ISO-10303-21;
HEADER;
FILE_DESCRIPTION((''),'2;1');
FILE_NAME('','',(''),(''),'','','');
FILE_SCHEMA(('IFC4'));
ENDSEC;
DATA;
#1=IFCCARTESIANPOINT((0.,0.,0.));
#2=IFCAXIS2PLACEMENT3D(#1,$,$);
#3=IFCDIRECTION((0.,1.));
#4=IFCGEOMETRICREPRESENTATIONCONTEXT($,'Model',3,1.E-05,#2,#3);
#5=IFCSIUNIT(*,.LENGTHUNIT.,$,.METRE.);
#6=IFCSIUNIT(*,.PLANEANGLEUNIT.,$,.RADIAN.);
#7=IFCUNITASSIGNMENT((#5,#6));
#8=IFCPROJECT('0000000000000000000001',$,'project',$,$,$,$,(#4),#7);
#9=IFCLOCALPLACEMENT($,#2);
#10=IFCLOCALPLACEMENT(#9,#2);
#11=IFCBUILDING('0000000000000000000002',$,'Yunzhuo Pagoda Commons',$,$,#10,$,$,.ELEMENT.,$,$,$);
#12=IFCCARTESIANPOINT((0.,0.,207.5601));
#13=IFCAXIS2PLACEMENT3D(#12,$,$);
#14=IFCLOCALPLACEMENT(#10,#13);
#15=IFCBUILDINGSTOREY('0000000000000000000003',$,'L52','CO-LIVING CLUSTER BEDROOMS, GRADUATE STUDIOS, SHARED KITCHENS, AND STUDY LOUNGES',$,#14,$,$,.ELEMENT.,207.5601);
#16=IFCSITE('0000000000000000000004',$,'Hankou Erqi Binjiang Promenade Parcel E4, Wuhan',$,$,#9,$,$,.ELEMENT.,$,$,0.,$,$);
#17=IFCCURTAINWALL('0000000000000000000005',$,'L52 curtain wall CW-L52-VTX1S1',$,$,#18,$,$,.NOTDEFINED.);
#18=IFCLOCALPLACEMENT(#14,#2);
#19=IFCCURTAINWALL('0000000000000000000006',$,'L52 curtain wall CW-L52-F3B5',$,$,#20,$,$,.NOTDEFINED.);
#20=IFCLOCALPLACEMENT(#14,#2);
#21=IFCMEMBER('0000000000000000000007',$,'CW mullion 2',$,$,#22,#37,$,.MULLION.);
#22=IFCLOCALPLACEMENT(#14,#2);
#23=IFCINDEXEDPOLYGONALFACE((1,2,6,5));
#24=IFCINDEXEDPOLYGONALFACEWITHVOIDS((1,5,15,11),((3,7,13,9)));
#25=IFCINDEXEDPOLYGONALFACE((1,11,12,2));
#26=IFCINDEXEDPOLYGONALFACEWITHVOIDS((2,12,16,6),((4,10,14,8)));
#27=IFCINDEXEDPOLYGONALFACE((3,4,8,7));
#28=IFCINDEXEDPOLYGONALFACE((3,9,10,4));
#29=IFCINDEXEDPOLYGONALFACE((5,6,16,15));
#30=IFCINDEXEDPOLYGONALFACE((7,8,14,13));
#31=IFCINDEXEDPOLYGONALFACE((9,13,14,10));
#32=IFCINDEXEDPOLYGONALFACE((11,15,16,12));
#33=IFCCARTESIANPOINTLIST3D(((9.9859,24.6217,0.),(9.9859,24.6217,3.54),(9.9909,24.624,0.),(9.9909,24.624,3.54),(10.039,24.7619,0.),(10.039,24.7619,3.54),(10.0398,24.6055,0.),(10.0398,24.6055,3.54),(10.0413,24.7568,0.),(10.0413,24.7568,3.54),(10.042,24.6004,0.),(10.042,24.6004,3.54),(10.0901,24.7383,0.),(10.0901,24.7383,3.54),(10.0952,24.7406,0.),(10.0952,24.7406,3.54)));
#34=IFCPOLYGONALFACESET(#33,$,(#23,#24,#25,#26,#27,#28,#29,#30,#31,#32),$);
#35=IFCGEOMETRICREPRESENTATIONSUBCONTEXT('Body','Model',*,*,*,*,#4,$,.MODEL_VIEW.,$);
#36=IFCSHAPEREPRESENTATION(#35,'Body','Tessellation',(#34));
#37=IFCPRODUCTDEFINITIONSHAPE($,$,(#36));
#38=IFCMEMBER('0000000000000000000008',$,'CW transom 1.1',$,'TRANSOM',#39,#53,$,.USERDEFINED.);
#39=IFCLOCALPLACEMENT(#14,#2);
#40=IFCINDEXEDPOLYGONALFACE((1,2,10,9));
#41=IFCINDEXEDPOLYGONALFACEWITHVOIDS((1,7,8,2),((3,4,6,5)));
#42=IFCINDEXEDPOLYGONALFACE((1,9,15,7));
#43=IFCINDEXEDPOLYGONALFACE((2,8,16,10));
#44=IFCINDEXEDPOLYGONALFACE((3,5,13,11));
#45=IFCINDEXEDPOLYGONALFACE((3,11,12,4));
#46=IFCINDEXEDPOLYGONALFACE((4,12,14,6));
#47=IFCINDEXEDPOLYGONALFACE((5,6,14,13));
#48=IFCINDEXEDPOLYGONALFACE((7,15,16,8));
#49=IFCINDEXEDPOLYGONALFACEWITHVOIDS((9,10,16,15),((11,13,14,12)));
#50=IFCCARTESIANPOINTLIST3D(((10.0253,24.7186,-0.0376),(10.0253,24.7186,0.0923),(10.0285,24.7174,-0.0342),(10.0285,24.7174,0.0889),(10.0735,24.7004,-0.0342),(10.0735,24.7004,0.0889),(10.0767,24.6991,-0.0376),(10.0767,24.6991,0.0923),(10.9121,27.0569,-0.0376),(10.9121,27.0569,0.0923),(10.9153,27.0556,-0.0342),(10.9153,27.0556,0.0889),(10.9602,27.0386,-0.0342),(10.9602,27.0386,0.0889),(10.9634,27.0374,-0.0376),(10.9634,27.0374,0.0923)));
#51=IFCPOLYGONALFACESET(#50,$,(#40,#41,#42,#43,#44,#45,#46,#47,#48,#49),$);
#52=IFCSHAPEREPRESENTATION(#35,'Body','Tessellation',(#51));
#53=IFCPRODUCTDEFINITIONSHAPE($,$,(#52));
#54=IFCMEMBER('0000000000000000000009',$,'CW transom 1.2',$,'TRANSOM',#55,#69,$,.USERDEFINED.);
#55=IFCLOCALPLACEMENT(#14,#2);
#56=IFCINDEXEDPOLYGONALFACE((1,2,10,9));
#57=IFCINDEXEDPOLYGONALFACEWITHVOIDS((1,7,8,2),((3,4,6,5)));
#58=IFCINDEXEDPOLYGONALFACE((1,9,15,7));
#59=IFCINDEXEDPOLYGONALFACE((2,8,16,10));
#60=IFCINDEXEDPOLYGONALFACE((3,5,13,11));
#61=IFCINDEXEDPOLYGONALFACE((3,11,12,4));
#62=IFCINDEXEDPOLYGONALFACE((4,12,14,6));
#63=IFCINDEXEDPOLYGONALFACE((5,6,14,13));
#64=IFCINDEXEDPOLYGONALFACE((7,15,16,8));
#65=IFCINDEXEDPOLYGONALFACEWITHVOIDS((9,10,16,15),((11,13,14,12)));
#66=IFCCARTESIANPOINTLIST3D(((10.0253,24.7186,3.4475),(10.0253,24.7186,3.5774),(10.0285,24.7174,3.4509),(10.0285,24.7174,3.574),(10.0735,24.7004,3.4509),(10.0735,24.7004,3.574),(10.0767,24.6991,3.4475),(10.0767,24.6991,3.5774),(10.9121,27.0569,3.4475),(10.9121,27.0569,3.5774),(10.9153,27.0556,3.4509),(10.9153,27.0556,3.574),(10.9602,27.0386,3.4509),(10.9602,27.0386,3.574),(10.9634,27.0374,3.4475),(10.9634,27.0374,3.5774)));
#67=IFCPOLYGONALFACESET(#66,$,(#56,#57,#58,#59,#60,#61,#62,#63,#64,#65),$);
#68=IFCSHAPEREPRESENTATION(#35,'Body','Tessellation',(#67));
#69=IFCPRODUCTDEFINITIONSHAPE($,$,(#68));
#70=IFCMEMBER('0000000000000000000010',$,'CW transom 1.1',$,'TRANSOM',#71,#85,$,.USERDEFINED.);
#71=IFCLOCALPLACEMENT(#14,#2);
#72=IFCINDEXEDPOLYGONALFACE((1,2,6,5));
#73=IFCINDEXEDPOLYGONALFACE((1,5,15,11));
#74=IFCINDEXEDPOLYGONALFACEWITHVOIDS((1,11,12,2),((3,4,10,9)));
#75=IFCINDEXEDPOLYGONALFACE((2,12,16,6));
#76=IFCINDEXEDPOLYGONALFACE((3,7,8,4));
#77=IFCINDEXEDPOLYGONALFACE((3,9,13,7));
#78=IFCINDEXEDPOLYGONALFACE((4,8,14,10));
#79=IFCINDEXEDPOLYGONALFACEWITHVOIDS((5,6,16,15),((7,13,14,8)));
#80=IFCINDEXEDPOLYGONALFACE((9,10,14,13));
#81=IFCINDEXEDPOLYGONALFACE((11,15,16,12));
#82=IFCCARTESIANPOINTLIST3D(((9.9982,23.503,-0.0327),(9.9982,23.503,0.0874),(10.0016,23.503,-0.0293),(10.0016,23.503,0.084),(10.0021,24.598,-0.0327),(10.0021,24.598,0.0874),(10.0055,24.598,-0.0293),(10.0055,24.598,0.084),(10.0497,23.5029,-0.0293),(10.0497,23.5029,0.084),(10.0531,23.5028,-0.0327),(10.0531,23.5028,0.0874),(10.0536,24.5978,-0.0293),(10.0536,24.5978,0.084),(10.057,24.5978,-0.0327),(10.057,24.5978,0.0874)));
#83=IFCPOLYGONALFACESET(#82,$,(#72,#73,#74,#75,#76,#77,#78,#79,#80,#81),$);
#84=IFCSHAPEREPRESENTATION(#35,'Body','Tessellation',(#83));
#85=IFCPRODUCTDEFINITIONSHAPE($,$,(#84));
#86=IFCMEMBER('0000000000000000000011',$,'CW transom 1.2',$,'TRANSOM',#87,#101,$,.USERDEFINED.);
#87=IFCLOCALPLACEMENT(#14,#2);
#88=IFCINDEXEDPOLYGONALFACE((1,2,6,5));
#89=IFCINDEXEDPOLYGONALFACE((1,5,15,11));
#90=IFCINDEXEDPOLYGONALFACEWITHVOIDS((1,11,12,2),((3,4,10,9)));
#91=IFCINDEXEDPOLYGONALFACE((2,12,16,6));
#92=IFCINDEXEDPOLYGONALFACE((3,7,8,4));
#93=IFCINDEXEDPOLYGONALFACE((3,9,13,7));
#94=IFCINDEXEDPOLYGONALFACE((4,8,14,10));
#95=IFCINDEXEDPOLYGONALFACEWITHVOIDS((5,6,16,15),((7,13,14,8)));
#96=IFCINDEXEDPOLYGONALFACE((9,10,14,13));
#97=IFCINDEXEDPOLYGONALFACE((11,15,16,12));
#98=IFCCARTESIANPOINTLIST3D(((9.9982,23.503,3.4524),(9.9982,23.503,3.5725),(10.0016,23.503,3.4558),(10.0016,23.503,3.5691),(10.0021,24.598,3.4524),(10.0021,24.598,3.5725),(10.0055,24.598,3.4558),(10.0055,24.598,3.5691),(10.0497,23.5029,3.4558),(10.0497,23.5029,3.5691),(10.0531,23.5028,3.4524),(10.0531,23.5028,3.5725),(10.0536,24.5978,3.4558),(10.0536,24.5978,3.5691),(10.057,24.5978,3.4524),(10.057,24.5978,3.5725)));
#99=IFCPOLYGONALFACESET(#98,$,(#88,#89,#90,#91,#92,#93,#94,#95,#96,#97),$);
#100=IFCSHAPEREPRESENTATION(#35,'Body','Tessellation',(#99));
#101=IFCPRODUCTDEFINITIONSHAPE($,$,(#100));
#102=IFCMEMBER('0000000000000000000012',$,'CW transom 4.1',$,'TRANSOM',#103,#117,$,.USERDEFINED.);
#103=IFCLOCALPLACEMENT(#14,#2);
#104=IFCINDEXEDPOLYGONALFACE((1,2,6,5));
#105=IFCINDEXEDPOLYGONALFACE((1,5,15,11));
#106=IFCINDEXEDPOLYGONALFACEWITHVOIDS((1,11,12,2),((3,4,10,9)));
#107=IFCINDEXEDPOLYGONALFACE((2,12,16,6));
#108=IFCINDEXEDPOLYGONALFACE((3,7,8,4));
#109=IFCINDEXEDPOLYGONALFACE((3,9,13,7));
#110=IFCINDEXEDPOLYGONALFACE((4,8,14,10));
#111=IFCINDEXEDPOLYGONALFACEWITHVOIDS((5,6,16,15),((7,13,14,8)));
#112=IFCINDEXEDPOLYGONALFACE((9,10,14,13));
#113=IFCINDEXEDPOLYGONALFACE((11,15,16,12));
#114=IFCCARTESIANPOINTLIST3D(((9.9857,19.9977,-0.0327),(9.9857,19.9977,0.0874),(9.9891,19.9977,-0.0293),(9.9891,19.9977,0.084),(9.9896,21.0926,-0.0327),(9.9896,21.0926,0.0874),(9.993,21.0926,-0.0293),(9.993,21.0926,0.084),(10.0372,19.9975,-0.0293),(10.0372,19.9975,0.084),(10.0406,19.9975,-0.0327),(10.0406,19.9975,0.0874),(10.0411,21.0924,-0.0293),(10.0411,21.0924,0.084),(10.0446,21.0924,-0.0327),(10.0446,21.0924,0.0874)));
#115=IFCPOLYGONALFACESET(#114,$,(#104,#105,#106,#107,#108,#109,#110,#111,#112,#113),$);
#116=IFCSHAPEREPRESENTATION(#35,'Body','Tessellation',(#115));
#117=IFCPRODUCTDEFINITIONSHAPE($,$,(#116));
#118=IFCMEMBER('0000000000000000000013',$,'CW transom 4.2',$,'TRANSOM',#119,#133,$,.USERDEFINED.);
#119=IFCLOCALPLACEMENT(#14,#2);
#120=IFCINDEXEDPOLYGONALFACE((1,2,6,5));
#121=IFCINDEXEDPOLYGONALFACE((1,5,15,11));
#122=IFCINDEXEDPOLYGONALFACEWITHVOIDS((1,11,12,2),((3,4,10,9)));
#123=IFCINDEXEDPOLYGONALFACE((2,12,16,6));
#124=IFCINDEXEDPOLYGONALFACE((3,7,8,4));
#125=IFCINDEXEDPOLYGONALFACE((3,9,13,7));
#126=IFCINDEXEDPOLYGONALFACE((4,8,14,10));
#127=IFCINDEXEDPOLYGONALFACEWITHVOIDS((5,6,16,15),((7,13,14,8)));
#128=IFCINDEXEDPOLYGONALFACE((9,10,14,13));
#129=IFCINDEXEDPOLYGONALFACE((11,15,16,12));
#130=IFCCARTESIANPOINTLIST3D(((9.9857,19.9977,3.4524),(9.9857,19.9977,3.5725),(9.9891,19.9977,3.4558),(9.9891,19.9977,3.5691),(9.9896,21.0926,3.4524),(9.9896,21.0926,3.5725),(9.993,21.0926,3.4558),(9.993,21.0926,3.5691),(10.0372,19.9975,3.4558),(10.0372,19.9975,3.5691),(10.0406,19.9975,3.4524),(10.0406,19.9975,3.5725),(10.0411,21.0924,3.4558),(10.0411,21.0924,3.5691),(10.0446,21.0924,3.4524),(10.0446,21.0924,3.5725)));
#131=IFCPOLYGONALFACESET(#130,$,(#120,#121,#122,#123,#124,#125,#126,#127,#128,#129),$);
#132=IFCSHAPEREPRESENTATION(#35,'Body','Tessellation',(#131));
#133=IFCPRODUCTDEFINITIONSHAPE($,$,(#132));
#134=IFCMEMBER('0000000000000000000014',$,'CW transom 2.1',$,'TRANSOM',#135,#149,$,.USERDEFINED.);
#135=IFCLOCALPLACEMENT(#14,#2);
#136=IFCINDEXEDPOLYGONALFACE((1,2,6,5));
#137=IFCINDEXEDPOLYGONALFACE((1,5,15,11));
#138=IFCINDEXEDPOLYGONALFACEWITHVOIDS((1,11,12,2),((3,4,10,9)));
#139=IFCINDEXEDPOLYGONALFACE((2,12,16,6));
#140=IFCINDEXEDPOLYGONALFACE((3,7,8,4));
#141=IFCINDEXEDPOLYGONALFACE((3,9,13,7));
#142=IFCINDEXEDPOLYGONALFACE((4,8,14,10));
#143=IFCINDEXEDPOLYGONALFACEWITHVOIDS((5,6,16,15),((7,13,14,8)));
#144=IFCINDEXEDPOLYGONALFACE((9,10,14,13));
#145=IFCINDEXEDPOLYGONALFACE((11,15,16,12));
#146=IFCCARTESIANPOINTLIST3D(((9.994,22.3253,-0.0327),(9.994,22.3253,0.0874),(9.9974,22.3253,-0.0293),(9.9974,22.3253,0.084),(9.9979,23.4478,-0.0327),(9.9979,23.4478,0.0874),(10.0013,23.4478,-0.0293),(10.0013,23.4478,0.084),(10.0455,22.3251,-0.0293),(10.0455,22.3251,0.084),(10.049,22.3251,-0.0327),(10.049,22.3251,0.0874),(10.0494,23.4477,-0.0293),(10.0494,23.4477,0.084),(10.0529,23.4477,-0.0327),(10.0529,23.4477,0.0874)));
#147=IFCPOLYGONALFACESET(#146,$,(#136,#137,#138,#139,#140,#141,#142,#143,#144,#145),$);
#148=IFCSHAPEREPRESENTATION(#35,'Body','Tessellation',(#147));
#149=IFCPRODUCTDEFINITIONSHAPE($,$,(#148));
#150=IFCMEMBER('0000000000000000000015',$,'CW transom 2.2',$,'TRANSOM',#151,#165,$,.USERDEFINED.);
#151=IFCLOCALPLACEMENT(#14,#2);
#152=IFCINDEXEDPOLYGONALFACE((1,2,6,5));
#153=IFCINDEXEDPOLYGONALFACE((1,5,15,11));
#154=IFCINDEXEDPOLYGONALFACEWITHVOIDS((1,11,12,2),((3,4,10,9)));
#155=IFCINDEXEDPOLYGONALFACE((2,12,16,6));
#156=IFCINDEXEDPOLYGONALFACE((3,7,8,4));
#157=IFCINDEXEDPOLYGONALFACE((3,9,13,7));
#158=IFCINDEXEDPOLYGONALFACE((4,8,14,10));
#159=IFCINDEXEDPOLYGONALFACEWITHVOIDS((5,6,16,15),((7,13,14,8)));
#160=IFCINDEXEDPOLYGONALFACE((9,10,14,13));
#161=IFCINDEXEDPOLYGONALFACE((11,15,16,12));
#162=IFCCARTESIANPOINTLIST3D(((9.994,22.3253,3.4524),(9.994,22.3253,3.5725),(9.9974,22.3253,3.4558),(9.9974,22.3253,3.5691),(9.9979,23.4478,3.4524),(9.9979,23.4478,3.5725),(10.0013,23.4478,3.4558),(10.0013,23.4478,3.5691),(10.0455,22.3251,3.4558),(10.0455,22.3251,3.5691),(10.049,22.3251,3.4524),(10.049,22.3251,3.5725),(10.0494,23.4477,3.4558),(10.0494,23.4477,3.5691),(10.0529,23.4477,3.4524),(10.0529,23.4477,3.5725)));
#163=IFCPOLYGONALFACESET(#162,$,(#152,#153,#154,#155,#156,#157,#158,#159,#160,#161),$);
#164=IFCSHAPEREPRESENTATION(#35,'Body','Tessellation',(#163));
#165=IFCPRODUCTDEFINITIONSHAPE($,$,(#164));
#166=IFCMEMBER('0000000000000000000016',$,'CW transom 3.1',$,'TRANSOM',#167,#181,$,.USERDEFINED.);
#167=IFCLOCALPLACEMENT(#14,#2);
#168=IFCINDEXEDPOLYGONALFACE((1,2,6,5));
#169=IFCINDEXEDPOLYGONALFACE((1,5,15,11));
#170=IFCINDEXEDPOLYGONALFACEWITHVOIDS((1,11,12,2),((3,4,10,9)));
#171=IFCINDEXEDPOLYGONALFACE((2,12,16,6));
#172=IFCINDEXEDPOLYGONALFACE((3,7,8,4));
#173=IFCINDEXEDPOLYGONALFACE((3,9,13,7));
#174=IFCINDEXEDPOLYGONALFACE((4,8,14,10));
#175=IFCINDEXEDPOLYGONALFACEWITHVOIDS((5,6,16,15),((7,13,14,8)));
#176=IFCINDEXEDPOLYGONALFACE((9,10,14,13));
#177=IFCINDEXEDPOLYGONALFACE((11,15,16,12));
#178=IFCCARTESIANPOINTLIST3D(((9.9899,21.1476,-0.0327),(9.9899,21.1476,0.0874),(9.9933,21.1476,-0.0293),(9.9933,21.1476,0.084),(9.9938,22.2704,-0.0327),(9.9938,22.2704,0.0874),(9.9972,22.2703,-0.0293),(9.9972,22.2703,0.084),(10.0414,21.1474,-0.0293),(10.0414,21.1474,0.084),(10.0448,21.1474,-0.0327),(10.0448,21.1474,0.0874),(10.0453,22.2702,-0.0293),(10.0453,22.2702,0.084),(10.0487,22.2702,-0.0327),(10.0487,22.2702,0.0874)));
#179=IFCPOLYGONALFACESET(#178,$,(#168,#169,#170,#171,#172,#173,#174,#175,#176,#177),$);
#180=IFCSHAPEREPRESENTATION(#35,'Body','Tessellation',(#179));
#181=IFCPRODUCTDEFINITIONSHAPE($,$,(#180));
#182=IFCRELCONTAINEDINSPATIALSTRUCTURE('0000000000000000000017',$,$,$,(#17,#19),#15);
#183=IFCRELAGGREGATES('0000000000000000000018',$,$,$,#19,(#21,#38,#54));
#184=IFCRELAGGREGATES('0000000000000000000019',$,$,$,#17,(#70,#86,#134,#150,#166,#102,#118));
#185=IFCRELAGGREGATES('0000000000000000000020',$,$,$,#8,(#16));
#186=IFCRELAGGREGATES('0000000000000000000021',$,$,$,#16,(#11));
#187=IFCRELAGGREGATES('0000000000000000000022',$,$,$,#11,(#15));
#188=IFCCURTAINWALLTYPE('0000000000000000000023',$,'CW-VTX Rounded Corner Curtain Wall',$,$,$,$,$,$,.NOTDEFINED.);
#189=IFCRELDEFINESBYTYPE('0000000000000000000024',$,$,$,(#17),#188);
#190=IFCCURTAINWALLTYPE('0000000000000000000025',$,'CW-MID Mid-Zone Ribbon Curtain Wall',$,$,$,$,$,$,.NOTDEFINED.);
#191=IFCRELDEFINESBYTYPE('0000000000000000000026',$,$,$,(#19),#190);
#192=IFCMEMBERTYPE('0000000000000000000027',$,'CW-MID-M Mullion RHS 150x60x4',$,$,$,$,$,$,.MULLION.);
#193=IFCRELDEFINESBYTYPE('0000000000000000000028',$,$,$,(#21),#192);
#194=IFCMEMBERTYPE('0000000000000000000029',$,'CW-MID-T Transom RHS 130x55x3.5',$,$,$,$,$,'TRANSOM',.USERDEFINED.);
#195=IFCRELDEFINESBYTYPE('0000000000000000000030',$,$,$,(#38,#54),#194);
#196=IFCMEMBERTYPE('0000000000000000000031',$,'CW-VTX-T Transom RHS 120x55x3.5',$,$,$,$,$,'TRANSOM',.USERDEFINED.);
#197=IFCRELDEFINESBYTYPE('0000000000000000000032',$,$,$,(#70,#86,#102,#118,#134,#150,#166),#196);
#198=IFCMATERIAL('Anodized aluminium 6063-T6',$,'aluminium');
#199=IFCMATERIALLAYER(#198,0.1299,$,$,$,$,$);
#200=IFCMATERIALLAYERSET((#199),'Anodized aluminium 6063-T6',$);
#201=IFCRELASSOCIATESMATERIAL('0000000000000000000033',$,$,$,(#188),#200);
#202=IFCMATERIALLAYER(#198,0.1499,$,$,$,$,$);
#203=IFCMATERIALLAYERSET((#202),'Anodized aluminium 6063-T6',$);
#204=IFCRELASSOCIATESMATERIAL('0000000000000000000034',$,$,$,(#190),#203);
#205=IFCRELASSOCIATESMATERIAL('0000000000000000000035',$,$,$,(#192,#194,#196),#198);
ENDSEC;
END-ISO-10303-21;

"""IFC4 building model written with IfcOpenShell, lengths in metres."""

from ifc_helpers import new_model, si_unit, direction, frame, origin, origin_2d, place, context, subcontext, project, spatial, hollow_rectangle, extrude, source, transform, mapped, material, layer, layer_set, material_profile, profile_set, type_object, element, aggregate, save


model = new_model("IFC4")

# Units and contexts
model_context = context("Model", 3, precision=1e-05, world=origin(), true_north=direction((0.0, 1.0)))
body_context = subcontext(model_context, "Body", "Model", "MODEL_VIEW")
ifc_project = project(units=[si_unit("LENGTHUNIT", "METRE"), si_unit("PLANEANGLEUNIT", "RADIAN")], contexts=[model_context])

# Site, building, storey
site_placement = place(None, origin())
site = spatial("IfcSite", under=ifc_project, at=site_placement, Name="Hankou Erqi Binjiang Promenade Parcel E4, Wuhan", CompositionType="ELEMENT", RefElevation=0.0)
building_placement = place(site_placement, origin())
building = spatial("IfcBuilding", under=site, at=building_placement, Name="Yunzhuo Pagoda Commons", CompositionType="ELEMENT")
storey_placement = place(building_placement, frame((0.0, 0.0, 207.5601)))
storey = spatial("IfcBuildingStorey", under=building, at=storey_placement, Name="L52", Description="CO-LIVING CLUSTER BEDROOMS, GRADUATE STUDIOS, SHARED KITCHENS, AND STUDY LOUNGES", CompositionType="ELEMENT", Elevation=207.5601)

# Curtain wall
ifc_material_1 = material(Name="Anodized aluminium 6063-T6", Category="aluminium")
ifc_layer_1 = layer(ifc_material_1, 0.1299)
ifc_layer_set_1 = layer_set([ifc_layer_1], Name="Anodized aluminium 6063-T6")
curtain_wall_type_1 = type_object("IfcCurtainWallType", Name="CW-VTX Rounded Corner Curtain Wall", PredefinedType="NOTDEFINED", material=ifc_layer_set_1)
curtain_wall_1_placement = place(storey_placement, origin())
curtain_wall_1 = element("IfcCurtainWall", 1, at=curtain_wall_1_placement, inside=storey, type_object=curtain_wall_type_1, Name="L52 curtain wall CW-L52-VTX1S1", PredefinedType="NOTDEFINED")

# Shared definitions
ifc_layer_2 = layer(ifc_material_1, 0.1499)
ifc_layer_set_2 = layer_set([ifc_layer_2], Name="Anodized aluminium 6063-T6")
curtain_wall_type_2 = type_object("IfcCurtainWallType", Name="CW-MID Mid-Zone Ribbon Curtain Wall", PredefinedType="NOTDEFINED", material=ifc_layer_set_2)
ifc_material_profile_1 = material_profile(ifc_material_1, hollow_rectangle(XDim=0.0601, YDim=0.1499, WallThickness=0.0039, at=origin_2d()), Name="Anodized aluminium 6063-T6")
ifc_profile_set_1 = profile_set([ifc_material_profile_1], Name="Anodized aluminium 6063-T6")
member_type_1 = type_object("IfcMemberType", Name="CW-MID-M Mullion RHS 150x60x4", PredefinedType="MULLION", material=ifc_profile_set_1)
shared_shape_1 = source(origin(), body_context, "Body", "SweptSolid", [
    extrude(hollow_rectangle(XDim=0.0601, YDim=0.1499, WallThickness=0.0039, at=origin_2d()), origin(), (0.0, 0.0, 1.0), 3.54),
])

# Curtain wall, members
curtain_wall_2_placement = place(storey_placement, origin())
curtain_wall_2 = element("IfcCurtainWall", 2, at=curtain_wall_2_placement, inside=storey, type_object=curtain_wall_type_2, Name="L52 curtain wall CW-L52-F3B5", PredefinedType="NOTDEFINED")
member_1_placement = place(storey_placement, frame((10.0405, 24.6812, 0.0), z_axis=(0.0, 0.0, 1.0), x_axis=(0.935034, -0.354559, 0.0)))
member_1 = element("IfcMember", 3, at=member_1_placement, type_object=member_type_1, Name="CW mullion 2", PredefinedType="MULLION", context=body_context, shape_type="MappedRepresentation", body=[
    mapped(shared_shape_1, transform((0.0, 0.0, 0.0), scale=1.0)),
])
ifc_material_profile_2 = material_profile(ifc_material_1, hollow_rectangle(XDim=0.0549, YDim=0.1299, WallThickness=0.0034, at=origin_2d()), Name="Anodized aluminium 6063-T6")
ifc_profile_set_2 = profile_set([ifc_material_profile_2], Name="Anodized aluminium 6063-T6")
member_type_2 = type_object("IfcMemberType", Name="CW-MID-T Transom RHS 130x55x3.5", ElementType="TRANSOM", PredefinedType="USERDEFINED", material=ifc_profile_set_2)
shared_shape_2 = source(origin(), body_context, "Body", "SweptSolid", [
    extrude(hollow_rectangle(XDim=0.0549, YDim=0.1299, WallThickness=0.0034, at=origin_2d()), origin(), (0.0, 0.0, 1.0), 2.5007),
])
member_2_placement = place(storey_placement, frame((10.9377, 27.0471, 0.0273), z_axis=(-0.354598, -0.935019, 0.0), x_axis=(0.935019, -0.354598, 0.0)))
member_2 = element("IfcMember", 4, at=member_2_placement, type_object=member_type_2, Name="CW transom 1.1", ObjectType="TRANSOM", PredefinedType="USERDEFINED", context=body_context, shape_type="MappedRepresentation", body=[
    mapped(shared_shape_2, transform((0.0, 0.0, 0.0), scale=1.0)),
])
member_3_placement = place(storey_placement, frame((10.9377, 27.0471, 3.5125), z_axis=(-0.354598, -0.935019, 0.0), x_axis=(0.935019, -0.354598, 0.0)))
member_3 = element("IfcMember", 5, at=member_3_placement, type_object=member_type_2, Name="CW transom 1.2", ObjectType="TRANSOM", PredefinedType="USERDEFINED", context=body_context, shape_type="MappedRepresentation", body=[
    mapped(shared_shape_2, transform((0.0, 0.0, 0.0), scale=1.0)),
])

# Members
ifc_material_profile_3 = material_profile(ifc_material_1, hollow_rectangle(XDim=0.0549, YDim=0.1201, WallThickness=0.0034, at=origin_2d()), Name="Anodized aluminium 6063-T6")
ifc_profile_set_3 = profile_set([ifc_material_profile_3], Name="Anodized aluminium 6063-T6")
member_type_3 = type_object("IfcMemberType", Name="CW-VTX-T Transom RHS 120x55x3.5", ElementType="TRANSOM", PredefinedType="USERDEFINED", material=ifc_profile_set_3)
shared_shape_3 = source(origin(), body_context, "Body", "SweptSolid", [
    extrude(hollow_rectangle(XDim=0.0549, YDim=0.1201, WallThickness=0.0034, at=origin_2d()), origin(), (0.0, 0.0, 1.0), 1.095),
])
member_4_placement = place(storey_placement, frame((10.0295, 24.5979, 0.0273), z_axis=(-0.003567, -0.999994, 0.0), x_axis=(0.999994, -0.003567, 0.0)))
member_4 = element("IfcMember", 6, at=member_4_placement, type_object=member_type_3, Name="CW transom 1.1", ObjectType="TRANSOM", PredefinedType="USERDEFINED", context=body_context, shape_type="MappedRepresentation", body=[
    mapped(shared_shape_3, transform((0.0, 0.0, 0.0), scale=1.0)),
])
member_5_placement = place(storey_placement, frame((10.0295, 24.5979, 3.5125), z_axis=(-0.003567, -0.999994, 0.0), x_axis=(0.999994, -0.003567, 0.0)))
member_5 = element("IfcMember", 7, at=member_5_placement, type_object=member_type_3, Name="CW transom 1.2", ObjectType="TRANSOM", PredefinedType="USERDEFINED", context=body_context, shape_type="MappedRepresentation", body=[
    mapped(shared_shape_3, transform((0.0, 0.0, 0.0), scale=1.0)),
])
member_6_placement = place(storey_placement, frame((10.0171, 21.0925, 0.0273), z_axis=(-0.003567, -0.999994, 0.0), x_axis=(0.999994, -0.003567, 0.0)))
member_6 = element("IfcMember", 8, at=member_6_placement, type_object=member_type_3, Name="CW transom 4.1", ObjectType="TRANSOM", PredefinedType="USERDEFINED", context=body_context, shape_type="MappedRepresentation", body=[
    mapped(shared_shape_3, transform((0.0, 0.0, 0.0), scale=1.0)),
])
member_7_placement = place(storey_placement, frame((10.0171, 21.0925, 3.5125), z_axis=(-0.003567, -0.999994, 0.0), x_axis=(0.999994, -0.003567, 0.0)))
member_7 = element("IfcMember", 9, at=member_7_placement, type_object=member_type_3, Name="CW transom 4.2", ObjectType="TRANSOM", PredefinedType="USERDEFINED", context=body_context, shape_type="MappedRepresentation", body=[
    mapped(shared_shape_3, transform((0.0, 0.0, 0.0), scale=1.0)),
])
shared_shape_4 = source(origin(), body_context, "Body", "SweptSolid", [
    extrude(hollow_rectangle(XDim=0.0549, YDim=0.1201, WallThickness=0.0034, at=origin_2d()), origin(), (0.0, 0.0, 1.0), 1.1226),
])
member_8_placement = place(storey_placement, frame((10.0254, 23.4478, 0.0273), z_axis=(-0.00348, -0.999994, 0.0), x_axis=(0.999994, -0.00348, 0.0)))
member_8 = element("IfcMember", 10, at=member_8_placement, type_object=member_type_3, Name="CW transom 2.1", ObjectType="TRANSOM", PredefinedType="USERDEFINED", context=body_context, shape_type="MappedRepresentation", body=[
    mapped(shared_shape_4, transform((0.0, 0.0, 0.0), scale=1.0)),
])
member_9_placement = place(storey_placement, frame((10.0254, 23.4478, 3.5125), z_axis=(-0.00348, -0.999994, 0.0), x_axis=(0.999994, -0.00348, 0.0)))
member_9 = element("IfcMember", 11, at=member_9_placement, type_object=member_type_3, Name="CW transom 2.2", ObjectType="TRANSOM", PredefinedType="USERDEFINED", context=body_context, shape_type="MappedRepresentation", body=[
    mapped(shared_shape_4, transform((0.0, 0.0, 0.0), scale=1.0)),
])
shared_shape_5 = source(origin(), body_context, "Body", "SweptSolid", [
    extrude(hollow_rectangle(XDim=0.0549, YDim=0.1201, WallThickness=0.0034, at=origin_2d()), origin(), (0.0, 0.0, 1.0), 1.1228),
])
member_10_placement = place(storey_placement, frame((10.0212, 22.2703, 0.0273), z_axis=(-0.003479, -0.999994, 0.0), x_axis=(0.999994, -0.003479, 0.0)))
member_10 = element("IfcMember", 12, at=member_10_placement, type_object=member_type_3, Name="CW transom 3.1", ObjectType="TRANSOM", PredefinedType="USERDEFINED", context=body_context, shape_type="MappedRepresentation", body=[
    mapped(shared_shape_5, transform((0.0, 0.0, 0.0), scale=1.0)),
])

aggregate(curtain_wall_2, [member_1, member_2, member_3])
aggregate(curtain_wall_1, [member_4, member_5, member_8, member_9, member_10, member_6, member_7])

save(model, "model.ifc")
